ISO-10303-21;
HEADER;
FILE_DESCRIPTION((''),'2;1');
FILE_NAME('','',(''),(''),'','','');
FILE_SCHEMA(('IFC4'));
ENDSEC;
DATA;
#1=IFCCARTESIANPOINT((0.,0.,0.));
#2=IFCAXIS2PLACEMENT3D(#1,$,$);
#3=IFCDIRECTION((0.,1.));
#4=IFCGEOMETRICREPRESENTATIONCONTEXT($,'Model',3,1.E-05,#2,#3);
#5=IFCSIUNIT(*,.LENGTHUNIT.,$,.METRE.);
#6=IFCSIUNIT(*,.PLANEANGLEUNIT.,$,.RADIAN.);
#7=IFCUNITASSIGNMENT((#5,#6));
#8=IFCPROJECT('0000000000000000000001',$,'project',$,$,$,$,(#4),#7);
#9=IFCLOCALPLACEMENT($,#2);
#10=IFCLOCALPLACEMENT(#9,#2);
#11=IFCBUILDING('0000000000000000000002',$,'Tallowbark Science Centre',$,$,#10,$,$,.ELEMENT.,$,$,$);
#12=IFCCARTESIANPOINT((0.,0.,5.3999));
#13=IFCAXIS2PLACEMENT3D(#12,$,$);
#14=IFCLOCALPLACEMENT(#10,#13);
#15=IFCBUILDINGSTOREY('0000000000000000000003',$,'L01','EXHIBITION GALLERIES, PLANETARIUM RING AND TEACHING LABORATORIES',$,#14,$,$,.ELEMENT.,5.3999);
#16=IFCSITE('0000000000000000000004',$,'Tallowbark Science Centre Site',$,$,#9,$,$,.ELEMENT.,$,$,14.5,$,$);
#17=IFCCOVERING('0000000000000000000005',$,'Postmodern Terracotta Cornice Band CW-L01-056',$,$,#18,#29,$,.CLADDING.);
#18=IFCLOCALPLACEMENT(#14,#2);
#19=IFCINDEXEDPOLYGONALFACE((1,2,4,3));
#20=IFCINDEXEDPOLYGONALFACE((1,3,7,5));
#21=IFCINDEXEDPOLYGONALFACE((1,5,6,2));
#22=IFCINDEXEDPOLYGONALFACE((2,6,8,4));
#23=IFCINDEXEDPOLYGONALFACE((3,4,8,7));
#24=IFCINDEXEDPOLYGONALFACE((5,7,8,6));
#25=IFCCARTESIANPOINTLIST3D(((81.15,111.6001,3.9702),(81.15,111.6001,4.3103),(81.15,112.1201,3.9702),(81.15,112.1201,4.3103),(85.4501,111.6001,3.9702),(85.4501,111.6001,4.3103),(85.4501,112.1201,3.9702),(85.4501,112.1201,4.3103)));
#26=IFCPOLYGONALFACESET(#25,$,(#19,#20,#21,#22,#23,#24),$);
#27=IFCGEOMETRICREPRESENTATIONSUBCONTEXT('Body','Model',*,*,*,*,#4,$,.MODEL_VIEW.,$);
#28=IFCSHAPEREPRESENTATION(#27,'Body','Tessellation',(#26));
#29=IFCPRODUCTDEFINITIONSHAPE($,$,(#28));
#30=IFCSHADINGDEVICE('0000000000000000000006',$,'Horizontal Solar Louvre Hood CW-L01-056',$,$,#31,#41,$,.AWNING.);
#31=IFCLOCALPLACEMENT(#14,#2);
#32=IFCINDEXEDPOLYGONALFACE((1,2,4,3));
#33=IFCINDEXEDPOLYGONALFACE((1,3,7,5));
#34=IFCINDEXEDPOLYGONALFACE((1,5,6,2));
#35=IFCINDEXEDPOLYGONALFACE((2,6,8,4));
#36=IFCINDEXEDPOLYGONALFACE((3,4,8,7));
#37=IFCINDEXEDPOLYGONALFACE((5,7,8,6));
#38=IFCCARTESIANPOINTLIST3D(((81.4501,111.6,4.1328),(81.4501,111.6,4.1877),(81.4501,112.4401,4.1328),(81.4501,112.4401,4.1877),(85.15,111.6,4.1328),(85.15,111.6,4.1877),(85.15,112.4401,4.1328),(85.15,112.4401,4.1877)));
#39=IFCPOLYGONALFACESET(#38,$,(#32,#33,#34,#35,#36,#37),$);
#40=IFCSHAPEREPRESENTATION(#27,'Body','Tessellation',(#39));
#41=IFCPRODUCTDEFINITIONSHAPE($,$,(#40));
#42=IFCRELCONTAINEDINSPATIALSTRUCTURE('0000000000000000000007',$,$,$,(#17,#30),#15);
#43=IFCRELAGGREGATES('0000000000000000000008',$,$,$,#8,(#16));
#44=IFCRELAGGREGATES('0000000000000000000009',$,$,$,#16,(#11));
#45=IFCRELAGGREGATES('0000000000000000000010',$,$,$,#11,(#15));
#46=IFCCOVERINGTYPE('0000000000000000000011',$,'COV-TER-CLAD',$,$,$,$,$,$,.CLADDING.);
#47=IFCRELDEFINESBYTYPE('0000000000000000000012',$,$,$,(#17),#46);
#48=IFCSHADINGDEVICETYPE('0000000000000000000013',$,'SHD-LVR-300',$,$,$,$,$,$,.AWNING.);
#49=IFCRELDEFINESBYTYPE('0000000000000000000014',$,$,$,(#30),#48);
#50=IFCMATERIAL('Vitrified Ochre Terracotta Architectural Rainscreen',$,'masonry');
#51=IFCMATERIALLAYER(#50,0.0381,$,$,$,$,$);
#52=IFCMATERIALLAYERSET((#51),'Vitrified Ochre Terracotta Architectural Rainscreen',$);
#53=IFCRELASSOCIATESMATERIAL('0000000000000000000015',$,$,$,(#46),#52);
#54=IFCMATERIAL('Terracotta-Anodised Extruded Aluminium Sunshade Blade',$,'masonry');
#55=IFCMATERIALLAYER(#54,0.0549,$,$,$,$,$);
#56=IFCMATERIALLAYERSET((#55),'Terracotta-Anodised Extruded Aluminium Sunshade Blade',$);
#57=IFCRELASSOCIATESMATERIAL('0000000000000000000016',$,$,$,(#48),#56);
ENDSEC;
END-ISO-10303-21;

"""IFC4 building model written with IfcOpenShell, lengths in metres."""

from ifc_helpers import new_model, si_unit, direction, frame, origin, origin_2d, place, context, subcontext, project, spatial, rectangle, extrude, material, layer, layer_set, type_object, element, save


model = new_model("IFC4")

# Units and contexts
model_context = context("Model", 3, precision=1e-05, world=origin(), true_north=direction((0.0, 1.0)))
body_context = subcontext(model_context, "Body", "Model", "MODEL_VIEW")
ifc_project = project(units=[si_unit("LENGTHUNIT", "METRE"), si_unit("PLANEANGLEUNIT", "RADIAN")], contexts=[model_context])

# Site, building, storey
site_placement = place(None, origin())
site = spatial("IfcSite", under=ifc_project, at=site_placement, Name="Tallowbark Science Centre Site", CompositionType="ELEMENT", RefElevation=14.5)
building_placement = place(site_placement, origin())
building = spatial("IfcBuilding", under=site, at=building_placement, Name="Tallowbark Science Centre", CompositionType="ELEMENT")
storey_placement = place(building_placement, frame((0.0, 0.0, 5.3999)))
storey = spatial("IfcBuildingStorey", under=building, at=storey_placement, Name="L01", Description="EXHIBITION GALLERIES, PLANETARIUM RING AND TEACHING LABORATORIES", CompositionType="ELEMENT", Elevation=5.3999)

# Covering
ifc_material_1 = material(Name="Vitrified Ochre Terracotta Architectural Rainscreen", Category="masonry")
ifc_layer_1 = layer(ifc_material_1, 0.0381)
ifc_layer_set_1 = layer_set([ifc_layer_1], Name="Vitrified Ochre Terracotta Architectural Rainscreen")
covering_type_1 = type_object("IfcCoveringType", Name="COV-TER-CLAD", PredefinedType="CLADDING", material=ifc_layer_set_1)
covering_placement = place(storey_placement, frame((83.3, 111.8601, 3.9702), z_axis=(0.0, 0.0, 1.0), x_axis=(-1.0, 0.0, 0.0)))
element("IfcCovering", 1, at=covering_placement, inside=storey, type_object=covering_type_1, Name="Postmodern Terracotta Cornice Band CW-L01-056", PredefinedType="CLADDING", context=body_context, shape_type="SweptSolid", body=[
    extrude(rectangle(XDim=4.3, YDim=0.52, at=origin_2d()), origin(), (0.0, 0.0, 1.0), 0.3401),
])

# Shading device
ifc_material_2 = material(Name="Terracotta-Anodised Extruded Aluminium Sunshade Blade", Category="masonry")
ifc_layer_2 = layer(ifc_material_2, 0.0549)
ifc_layer_set_2 = layer_set([ifc_layer_2], Name="Terracotta-Anodised Extruded Aluminium Sunshade Blade")
shading_device_type = type_object("IfcShadingDeviceType", Name="SHD-LVR-300", PredefinedType="AWNING", material=ifc_layer_set_2)
shading_device_placement = place(storey_placement, frame((83.3, 112.02, 4.1328), z_axis=(0.0, 0.0, 1.0), x_axis=(-1.0, 0.0, 0.0)))
element("IfcShadingDevice", 2, at=shading_device_placement, inside=storey, type_object=shading_device_type, Name="Horizontal Solar Louvre Hood CW-L01-056", PredefinedType="AWNING", context=body_context, shape_type="SweptSolid", body=[
    extrude(rectangle(XDim=3.7, YDim=0.8401, at=origin_2d()), origin(), (0.0, 0.0, 1.0), 0.0549),
])

save(model, "model.ifc")
